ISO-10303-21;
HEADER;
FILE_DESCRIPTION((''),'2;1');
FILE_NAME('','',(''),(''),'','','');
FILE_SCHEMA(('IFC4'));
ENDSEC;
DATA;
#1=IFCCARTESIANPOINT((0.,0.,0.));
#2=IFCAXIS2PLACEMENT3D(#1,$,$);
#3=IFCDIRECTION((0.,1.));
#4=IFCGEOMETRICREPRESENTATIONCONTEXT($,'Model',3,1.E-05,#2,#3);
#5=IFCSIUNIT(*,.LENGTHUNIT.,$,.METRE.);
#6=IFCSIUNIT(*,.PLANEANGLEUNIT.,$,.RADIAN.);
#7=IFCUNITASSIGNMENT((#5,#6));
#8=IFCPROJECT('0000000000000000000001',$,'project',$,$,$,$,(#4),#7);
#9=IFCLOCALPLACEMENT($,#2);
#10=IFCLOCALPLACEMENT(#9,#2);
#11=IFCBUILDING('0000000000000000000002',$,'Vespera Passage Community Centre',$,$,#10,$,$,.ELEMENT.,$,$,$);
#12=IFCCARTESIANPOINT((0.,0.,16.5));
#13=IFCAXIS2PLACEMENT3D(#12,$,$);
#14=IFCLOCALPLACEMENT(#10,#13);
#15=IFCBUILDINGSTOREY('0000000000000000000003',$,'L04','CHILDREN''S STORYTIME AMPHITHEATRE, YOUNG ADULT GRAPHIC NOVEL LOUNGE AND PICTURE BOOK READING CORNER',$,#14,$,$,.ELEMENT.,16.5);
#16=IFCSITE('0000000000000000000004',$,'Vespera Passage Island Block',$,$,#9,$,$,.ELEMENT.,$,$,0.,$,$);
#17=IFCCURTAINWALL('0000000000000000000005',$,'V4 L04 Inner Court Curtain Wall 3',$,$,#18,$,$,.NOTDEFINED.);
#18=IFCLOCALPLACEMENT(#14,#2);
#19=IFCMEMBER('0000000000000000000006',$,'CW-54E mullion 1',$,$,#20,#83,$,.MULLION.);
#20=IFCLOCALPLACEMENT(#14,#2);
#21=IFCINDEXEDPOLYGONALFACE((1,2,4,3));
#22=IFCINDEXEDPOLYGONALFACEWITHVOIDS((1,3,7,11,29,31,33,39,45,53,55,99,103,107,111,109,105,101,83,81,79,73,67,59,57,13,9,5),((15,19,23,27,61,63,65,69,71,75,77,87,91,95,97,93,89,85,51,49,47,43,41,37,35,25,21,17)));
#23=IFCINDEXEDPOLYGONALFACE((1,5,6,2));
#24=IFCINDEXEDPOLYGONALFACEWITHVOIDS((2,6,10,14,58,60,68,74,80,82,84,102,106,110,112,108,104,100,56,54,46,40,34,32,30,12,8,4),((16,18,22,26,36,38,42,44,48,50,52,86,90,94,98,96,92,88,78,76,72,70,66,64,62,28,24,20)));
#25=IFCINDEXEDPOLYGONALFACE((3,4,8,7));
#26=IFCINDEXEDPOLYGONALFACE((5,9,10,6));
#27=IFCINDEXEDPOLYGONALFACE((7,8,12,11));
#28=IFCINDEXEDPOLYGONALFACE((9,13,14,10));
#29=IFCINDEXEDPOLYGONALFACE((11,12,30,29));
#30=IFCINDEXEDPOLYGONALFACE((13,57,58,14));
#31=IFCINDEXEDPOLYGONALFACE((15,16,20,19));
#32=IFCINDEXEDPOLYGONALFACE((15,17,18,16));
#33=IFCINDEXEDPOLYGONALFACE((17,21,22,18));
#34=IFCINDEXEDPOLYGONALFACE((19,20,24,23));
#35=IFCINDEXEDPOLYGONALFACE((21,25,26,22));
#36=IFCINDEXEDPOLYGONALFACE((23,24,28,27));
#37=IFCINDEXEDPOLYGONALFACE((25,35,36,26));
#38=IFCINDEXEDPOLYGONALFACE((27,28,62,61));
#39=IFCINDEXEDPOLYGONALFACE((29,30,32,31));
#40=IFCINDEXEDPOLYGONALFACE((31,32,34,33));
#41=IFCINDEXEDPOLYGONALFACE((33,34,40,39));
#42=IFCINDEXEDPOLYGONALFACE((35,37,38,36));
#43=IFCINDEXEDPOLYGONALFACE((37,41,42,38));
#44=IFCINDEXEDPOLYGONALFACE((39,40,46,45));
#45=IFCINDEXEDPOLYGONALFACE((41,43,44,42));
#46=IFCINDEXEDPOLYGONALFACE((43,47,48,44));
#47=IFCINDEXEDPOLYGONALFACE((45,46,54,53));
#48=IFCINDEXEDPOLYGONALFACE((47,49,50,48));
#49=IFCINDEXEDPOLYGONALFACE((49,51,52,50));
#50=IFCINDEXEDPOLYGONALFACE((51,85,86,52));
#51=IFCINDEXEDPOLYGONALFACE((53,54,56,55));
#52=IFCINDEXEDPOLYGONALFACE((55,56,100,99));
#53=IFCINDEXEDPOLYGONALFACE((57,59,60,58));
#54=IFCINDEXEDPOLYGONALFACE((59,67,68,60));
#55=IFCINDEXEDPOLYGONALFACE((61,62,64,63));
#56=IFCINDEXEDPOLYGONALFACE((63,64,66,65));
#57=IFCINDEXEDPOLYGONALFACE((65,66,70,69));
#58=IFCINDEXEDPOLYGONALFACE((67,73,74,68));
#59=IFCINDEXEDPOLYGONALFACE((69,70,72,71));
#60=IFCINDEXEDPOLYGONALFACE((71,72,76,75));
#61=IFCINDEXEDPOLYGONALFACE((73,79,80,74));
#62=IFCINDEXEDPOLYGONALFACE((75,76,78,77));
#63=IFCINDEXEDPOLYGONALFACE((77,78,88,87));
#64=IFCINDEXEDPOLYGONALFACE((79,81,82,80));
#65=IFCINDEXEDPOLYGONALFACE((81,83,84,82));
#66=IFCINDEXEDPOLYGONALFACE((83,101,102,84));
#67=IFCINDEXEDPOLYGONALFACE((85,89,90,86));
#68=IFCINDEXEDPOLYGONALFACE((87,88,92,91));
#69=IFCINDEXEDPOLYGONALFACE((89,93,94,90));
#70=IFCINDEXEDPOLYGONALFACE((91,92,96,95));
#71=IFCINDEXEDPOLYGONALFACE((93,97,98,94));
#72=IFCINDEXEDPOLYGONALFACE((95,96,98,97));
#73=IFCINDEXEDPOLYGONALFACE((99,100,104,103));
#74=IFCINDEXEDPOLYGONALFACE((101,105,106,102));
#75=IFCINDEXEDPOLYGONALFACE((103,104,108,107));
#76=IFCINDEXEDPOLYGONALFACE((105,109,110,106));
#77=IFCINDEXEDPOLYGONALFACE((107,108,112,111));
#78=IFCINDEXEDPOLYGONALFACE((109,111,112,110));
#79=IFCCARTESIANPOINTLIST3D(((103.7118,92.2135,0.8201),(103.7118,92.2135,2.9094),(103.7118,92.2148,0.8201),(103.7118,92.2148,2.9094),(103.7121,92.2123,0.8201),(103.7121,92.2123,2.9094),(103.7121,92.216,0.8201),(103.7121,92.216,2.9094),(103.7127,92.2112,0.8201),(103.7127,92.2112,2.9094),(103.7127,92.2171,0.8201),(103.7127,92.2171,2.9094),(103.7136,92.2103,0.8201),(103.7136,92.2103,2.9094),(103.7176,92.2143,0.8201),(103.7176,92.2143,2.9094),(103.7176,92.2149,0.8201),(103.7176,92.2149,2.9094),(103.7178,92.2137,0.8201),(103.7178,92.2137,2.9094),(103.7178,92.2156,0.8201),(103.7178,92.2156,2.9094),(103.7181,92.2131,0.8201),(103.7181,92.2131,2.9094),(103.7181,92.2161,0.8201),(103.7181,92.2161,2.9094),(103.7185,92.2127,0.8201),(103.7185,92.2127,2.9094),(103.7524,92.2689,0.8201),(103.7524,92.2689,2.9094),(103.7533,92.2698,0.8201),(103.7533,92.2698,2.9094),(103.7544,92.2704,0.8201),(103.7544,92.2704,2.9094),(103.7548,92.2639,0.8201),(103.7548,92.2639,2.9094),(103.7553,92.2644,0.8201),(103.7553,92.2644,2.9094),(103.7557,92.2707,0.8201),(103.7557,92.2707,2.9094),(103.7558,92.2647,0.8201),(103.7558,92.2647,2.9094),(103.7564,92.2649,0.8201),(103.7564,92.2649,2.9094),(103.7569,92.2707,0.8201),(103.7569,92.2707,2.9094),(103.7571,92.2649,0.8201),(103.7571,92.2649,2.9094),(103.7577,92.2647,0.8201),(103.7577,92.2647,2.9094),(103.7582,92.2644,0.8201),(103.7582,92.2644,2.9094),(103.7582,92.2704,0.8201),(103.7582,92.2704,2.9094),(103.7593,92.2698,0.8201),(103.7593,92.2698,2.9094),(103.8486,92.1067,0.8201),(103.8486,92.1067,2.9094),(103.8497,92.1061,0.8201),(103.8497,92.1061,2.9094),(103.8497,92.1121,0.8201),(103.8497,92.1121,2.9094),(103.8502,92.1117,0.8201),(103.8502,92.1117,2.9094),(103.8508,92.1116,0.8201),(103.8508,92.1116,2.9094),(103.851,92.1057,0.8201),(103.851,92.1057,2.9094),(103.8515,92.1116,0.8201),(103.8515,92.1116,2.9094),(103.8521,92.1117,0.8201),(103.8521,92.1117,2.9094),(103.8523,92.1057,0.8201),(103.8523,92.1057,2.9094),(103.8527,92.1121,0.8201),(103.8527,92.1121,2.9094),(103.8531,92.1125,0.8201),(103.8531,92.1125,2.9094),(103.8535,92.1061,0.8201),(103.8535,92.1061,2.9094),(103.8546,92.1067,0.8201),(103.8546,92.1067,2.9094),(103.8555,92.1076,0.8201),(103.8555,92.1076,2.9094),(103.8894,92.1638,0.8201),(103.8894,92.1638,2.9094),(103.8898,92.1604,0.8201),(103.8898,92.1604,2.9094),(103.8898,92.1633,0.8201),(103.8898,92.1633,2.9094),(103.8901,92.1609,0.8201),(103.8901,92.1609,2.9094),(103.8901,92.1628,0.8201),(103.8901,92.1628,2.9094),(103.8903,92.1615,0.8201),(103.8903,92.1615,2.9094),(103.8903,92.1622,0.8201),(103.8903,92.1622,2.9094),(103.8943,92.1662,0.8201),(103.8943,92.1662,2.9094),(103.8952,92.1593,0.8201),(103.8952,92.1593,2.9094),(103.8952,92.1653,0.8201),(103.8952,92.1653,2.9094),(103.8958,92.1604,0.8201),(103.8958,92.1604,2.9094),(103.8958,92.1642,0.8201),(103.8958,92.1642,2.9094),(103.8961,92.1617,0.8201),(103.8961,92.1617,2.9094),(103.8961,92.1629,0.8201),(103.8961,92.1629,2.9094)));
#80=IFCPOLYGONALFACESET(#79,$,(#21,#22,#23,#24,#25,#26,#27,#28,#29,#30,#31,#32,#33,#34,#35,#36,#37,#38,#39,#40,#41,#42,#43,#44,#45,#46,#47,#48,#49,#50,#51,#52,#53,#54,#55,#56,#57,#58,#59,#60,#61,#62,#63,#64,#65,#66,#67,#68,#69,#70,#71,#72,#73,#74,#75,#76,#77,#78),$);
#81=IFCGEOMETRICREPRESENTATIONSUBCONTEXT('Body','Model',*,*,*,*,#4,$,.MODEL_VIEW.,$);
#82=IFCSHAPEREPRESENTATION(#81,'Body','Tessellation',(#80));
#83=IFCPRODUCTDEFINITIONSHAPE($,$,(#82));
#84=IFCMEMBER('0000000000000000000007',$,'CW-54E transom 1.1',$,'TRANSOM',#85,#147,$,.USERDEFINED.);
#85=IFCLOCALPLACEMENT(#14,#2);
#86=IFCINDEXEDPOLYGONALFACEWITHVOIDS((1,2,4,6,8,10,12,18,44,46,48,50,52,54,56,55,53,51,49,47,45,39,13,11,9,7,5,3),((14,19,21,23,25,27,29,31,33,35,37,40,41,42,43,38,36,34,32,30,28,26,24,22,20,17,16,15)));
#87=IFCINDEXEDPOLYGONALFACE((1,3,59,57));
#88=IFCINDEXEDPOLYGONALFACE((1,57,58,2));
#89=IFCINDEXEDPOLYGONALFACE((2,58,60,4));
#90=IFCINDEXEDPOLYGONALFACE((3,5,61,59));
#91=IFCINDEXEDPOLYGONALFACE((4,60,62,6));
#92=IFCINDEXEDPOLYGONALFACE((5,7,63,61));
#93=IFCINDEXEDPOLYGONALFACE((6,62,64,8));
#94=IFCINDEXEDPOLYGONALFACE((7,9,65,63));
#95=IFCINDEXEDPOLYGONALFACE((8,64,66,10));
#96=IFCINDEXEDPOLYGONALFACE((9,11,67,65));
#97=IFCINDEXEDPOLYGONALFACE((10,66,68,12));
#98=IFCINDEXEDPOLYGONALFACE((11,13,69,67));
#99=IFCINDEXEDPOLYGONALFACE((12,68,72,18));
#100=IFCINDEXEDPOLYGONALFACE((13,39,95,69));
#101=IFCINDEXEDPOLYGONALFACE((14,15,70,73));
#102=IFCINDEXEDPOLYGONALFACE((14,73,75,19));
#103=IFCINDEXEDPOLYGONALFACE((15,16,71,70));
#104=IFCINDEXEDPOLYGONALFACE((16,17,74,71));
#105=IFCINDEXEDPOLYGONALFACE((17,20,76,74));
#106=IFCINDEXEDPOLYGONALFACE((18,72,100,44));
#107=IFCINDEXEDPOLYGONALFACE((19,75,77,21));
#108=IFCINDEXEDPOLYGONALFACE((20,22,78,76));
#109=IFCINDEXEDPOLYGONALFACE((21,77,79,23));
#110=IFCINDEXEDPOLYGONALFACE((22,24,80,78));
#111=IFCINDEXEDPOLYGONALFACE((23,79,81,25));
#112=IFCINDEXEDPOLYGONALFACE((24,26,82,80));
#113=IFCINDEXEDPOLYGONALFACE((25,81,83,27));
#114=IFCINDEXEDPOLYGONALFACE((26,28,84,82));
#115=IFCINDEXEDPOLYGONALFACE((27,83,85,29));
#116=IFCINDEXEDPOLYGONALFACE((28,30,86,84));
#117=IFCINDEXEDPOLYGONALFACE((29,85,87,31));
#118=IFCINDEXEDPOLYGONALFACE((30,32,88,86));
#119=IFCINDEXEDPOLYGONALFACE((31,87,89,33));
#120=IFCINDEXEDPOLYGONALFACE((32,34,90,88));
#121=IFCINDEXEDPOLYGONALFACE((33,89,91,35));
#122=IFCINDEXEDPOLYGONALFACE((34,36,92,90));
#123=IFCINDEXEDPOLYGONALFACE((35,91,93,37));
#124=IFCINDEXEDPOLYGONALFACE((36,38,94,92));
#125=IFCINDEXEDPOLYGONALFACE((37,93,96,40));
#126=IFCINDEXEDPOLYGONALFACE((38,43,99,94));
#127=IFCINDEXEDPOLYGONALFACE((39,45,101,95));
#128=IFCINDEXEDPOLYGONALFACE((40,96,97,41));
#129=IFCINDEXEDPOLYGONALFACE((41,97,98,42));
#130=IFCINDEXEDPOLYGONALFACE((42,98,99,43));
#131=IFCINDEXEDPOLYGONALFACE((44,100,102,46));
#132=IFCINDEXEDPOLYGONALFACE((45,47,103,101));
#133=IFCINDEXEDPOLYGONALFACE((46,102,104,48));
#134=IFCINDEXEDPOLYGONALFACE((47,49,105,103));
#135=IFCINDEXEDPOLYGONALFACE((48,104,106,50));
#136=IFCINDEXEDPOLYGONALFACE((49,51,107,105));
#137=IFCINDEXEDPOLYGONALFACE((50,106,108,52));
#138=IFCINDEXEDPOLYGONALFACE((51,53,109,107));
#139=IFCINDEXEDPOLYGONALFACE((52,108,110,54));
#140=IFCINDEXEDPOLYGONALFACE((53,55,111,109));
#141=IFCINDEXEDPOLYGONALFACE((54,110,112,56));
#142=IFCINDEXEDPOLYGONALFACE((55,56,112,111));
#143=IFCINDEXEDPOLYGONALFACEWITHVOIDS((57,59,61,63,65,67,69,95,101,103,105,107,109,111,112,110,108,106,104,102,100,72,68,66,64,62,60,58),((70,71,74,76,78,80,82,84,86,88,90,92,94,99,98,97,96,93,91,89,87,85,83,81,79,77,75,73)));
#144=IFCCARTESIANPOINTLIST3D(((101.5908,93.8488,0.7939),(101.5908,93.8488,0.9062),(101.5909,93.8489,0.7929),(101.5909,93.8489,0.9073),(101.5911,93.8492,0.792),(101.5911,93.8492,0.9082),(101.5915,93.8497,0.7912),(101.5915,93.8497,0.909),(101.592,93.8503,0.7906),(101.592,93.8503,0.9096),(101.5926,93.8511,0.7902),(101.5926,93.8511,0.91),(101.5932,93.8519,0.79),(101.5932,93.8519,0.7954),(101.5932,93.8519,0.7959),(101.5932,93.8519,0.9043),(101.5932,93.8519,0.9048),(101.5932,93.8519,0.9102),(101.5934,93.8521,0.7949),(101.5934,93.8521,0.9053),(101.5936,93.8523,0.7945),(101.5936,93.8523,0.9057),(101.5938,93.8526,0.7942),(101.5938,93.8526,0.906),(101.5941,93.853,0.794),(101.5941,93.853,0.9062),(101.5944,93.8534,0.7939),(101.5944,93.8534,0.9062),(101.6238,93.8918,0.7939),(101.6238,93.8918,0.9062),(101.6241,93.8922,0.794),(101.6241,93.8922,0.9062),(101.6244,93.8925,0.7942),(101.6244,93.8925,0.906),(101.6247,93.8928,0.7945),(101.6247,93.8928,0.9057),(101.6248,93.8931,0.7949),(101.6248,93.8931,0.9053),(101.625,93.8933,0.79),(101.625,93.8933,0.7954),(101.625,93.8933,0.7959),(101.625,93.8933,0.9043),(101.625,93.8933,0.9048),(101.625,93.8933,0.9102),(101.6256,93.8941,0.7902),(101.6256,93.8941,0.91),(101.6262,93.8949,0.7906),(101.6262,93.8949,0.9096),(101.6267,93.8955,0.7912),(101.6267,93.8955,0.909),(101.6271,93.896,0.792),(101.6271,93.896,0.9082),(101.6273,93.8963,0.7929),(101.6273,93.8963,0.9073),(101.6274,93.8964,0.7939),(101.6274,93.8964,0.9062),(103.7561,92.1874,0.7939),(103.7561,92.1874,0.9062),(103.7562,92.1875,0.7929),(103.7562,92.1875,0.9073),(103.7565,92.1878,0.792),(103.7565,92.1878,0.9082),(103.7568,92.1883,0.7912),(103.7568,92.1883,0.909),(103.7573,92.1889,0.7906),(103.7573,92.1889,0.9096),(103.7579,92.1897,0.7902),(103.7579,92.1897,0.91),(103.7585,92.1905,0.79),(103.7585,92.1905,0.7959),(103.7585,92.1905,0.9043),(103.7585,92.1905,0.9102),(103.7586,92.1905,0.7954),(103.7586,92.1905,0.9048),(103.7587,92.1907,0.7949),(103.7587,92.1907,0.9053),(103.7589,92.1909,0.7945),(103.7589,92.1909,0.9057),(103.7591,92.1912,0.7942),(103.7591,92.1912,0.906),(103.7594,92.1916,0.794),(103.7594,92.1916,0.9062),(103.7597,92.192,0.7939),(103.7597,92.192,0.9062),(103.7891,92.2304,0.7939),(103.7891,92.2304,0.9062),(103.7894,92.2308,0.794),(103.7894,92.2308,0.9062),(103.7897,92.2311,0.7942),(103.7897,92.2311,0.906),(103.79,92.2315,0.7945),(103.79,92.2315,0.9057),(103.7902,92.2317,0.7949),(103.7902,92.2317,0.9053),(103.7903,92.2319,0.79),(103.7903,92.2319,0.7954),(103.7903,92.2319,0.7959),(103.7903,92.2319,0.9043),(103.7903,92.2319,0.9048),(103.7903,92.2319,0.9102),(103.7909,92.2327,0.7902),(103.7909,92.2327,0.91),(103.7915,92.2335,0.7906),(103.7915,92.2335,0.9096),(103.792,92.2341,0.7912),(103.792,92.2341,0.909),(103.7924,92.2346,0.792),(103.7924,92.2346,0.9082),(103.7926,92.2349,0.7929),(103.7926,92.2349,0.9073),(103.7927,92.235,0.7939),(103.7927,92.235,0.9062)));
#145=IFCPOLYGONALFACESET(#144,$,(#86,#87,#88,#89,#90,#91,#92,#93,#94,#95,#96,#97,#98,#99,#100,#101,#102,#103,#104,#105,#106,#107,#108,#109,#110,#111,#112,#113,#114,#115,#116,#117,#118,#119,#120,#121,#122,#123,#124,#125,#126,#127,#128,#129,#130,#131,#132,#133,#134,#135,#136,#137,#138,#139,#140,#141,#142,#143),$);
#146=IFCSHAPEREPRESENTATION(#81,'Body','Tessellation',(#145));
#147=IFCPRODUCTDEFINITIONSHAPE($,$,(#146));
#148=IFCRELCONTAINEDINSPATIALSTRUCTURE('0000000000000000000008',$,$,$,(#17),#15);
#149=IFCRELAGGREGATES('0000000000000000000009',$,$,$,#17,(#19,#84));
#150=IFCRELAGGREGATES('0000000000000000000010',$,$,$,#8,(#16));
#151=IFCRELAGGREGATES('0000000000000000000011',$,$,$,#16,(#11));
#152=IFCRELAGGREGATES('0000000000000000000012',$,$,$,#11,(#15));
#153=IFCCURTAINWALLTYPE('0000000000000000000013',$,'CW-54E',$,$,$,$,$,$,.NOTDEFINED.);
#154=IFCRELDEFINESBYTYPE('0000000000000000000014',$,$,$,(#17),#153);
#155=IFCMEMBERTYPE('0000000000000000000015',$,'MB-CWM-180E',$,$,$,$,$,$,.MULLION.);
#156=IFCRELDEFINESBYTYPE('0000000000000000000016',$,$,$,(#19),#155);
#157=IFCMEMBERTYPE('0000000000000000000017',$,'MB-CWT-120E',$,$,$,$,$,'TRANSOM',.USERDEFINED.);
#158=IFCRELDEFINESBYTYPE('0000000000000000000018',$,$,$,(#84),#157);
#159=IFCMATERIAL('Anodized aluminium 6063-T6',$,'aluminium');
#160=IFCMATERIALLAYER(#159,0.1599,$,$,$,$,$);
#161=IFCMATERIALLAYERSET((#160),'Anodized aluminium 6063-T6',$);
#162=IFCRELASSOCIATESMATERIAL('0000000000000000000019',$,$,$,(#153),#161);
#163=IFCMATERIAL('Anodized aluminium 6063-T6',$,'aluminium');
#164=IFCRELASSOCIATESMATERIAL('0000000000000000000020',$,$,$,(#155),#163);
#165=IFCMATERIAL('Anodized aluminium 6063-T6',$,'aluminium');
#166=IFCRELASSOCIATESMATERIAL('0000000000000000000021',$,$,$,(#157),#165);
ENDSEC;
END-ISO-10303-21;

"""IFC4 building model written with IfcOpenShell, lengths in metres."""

from ifc_helpers import new_model, si_unit, direction, frame, origin, origin_2d, place, context, subcontext, project, spatial, hollow_rectangle, extrude, material, layer, layer_set, material_profile, profile_set, type_object, element, aggregate, save


model = new_model("IFC4")

# Units and contexts
model_context = context("Model", 3, precision=1e-05, world=origin(), true_north=direction((0.0, 1.0)))
body_context = subcontext(model_context, "Body", "Model", "MODEL_VIEW")
ifc_project = project(units=[si_unit("LENGTHUNIT", "METRE"), si_unit("PLANEANGLEUNIT", "RADIAN")], contexts=[model_context])

# Site, building, storey
site_placement = place(None, origin())
site = spatial("IfcSite", under=ifc_project, at=site_placement, Name="Vespera Passage Island Block", CompositionType="ELEMENT", RefElevation=0.0)
building_placement = place(site_placement, origin())
building = spatial("IfcBuilding", under=site, at=building_placement, Name="Vespera Passage Community Centre", CompositionType="ELEMENT")
storey_placement = place(building_placement, frame((0.0, 0.0, 16.5)))
storey = spatial("IfcBuildingStorey", under=building, at=storey_placement, Name="L04", Description="CHILDREN'S STORYTIME AMPHITHEATRE, YOUNG ADULT GRAPHIC NOVEL LOUNGE AND PICTURE BOOK READING CORNER", CompositionType="ELEMENT", Elevation=16.5)

# Curtain wall, members
ifc_material_1 = material(Name="Anodized aluminium 6063-T6", Category="aluminium")
ifc_layer_1 = layer(ifc_material_1, 0.1599)
ifc_layer_set_1 = layer_set([ifc_layer_1], Name="Anodized aluminium 6063-T6")
curtain_wall_type = type_object("IfcCurtainWallType", Name="CW-54E", PredefinedType="NOTDEFINED", material=ifc_layer_set_1)
curtain_wall_placement = place(storey_placement, origin())
curtain_wall = element("IfcCurtainWall", 1, at=curtain_wall_placement, inside=storey, type_object=curtain_wall_type, Name="V4 L04 Inner Court Curtain Wall 3", PredefinedType="NOTDEFINED")
ifc_material_2 = material(Name="Anodized aluminium 6063-T6", Category="aluminium")
ifc_material_profile_1 = material_profile(ifc_material_2, hollow_rectangle(XDim=0.075, YDim=0.1799, WallThickness=0.0049, InnerFilletRadius=0.0024, OuterFilletRadius=0.0049, at=origin_2d()), Name="ALU180X75X5")
ifc_profile_set_1 = profile_set([ifc_material_profile_1], Name="Anodized aluminium 6063-T6")
member_type_1 = type_object("IfcMemberType", Name="MB-CWM-180E", PredefinedType="MULLION", material=ifc_profile_set_1)
member_1_placement = place(storey_placement, frame((103.804, 92.1882, 0.8201), z_axis=(0.0, 0.0, 1.0), x_axis=(-0.608755, -0.793358, 0.0)))
member_1 = element("IfcMember", 2, at=member_1_placement, type_object=member_type_1, Name="CW-54E mullion 1", PredefinedType="MULLION", context=body_context, shape_type="SweptSolid", body=[
    extrude(hollow_rectangle(XDim=0.075, YDim=0.1799, WallThickness=0.0049, InnerFilletRadius=0.0024, OuterFilletRadius=0.0049, at=origin_2d()), origin(), (0.0, 0.0, 1.0), 2.0894),
])
ifc_material_3 = material(Name="Anodized aluminium 6063-T6", Category="aluminium")
ifc_material_profile_2 = material_profile(ifc_material_3, hollow_rectangle(XDim=0.0601, YDim=0.1201, WallThickness=0.0039, InnerFilletRadius=0.002, OuterFilletRadius=0.0039, at=origin_2d()), Name="ALU120X60X4")
ifc_profile_set_2 = profile_set([ifc_material_profile_2], Name="Anodized aluminium 6063-T6")
member_type_2 = type_object("IfcMemberType", Name="MB-CWT-120E", ElementType="TRANSOM", PredefinedType="USERDEFINED", material=ifc_profile_set_2)
member_2_placement = place(storey_placement, frame((103.7744, 92.2112, 0.8501), z_axis=(-0.793372, 0.608738, 0.0), x_axis=(-0.608738, -0.793372, 0.0)))
member_2 = element("IfcMember", 3, at=member_2_placement, type_object=member_type_2, Name="CW-54E transom 1.1", ObjectType="TRANSOM", PredefinedType="USERDEFINED", context=body_context, shape_type="SweptSolid", body=[
    extrude(hollow_rectangle(XDim=0.0601, YDim=0.1201, WallThickness=0.0039, InnerFilletRadius=0.002, OuterFilletRadius=0.0039, at=origin_2d()), origin(), (0.0, 0.0, 1.0), 2.7292),
])
aggregate(curtain_wall, [member_1, member_2])

save(model, "model.ifc")
